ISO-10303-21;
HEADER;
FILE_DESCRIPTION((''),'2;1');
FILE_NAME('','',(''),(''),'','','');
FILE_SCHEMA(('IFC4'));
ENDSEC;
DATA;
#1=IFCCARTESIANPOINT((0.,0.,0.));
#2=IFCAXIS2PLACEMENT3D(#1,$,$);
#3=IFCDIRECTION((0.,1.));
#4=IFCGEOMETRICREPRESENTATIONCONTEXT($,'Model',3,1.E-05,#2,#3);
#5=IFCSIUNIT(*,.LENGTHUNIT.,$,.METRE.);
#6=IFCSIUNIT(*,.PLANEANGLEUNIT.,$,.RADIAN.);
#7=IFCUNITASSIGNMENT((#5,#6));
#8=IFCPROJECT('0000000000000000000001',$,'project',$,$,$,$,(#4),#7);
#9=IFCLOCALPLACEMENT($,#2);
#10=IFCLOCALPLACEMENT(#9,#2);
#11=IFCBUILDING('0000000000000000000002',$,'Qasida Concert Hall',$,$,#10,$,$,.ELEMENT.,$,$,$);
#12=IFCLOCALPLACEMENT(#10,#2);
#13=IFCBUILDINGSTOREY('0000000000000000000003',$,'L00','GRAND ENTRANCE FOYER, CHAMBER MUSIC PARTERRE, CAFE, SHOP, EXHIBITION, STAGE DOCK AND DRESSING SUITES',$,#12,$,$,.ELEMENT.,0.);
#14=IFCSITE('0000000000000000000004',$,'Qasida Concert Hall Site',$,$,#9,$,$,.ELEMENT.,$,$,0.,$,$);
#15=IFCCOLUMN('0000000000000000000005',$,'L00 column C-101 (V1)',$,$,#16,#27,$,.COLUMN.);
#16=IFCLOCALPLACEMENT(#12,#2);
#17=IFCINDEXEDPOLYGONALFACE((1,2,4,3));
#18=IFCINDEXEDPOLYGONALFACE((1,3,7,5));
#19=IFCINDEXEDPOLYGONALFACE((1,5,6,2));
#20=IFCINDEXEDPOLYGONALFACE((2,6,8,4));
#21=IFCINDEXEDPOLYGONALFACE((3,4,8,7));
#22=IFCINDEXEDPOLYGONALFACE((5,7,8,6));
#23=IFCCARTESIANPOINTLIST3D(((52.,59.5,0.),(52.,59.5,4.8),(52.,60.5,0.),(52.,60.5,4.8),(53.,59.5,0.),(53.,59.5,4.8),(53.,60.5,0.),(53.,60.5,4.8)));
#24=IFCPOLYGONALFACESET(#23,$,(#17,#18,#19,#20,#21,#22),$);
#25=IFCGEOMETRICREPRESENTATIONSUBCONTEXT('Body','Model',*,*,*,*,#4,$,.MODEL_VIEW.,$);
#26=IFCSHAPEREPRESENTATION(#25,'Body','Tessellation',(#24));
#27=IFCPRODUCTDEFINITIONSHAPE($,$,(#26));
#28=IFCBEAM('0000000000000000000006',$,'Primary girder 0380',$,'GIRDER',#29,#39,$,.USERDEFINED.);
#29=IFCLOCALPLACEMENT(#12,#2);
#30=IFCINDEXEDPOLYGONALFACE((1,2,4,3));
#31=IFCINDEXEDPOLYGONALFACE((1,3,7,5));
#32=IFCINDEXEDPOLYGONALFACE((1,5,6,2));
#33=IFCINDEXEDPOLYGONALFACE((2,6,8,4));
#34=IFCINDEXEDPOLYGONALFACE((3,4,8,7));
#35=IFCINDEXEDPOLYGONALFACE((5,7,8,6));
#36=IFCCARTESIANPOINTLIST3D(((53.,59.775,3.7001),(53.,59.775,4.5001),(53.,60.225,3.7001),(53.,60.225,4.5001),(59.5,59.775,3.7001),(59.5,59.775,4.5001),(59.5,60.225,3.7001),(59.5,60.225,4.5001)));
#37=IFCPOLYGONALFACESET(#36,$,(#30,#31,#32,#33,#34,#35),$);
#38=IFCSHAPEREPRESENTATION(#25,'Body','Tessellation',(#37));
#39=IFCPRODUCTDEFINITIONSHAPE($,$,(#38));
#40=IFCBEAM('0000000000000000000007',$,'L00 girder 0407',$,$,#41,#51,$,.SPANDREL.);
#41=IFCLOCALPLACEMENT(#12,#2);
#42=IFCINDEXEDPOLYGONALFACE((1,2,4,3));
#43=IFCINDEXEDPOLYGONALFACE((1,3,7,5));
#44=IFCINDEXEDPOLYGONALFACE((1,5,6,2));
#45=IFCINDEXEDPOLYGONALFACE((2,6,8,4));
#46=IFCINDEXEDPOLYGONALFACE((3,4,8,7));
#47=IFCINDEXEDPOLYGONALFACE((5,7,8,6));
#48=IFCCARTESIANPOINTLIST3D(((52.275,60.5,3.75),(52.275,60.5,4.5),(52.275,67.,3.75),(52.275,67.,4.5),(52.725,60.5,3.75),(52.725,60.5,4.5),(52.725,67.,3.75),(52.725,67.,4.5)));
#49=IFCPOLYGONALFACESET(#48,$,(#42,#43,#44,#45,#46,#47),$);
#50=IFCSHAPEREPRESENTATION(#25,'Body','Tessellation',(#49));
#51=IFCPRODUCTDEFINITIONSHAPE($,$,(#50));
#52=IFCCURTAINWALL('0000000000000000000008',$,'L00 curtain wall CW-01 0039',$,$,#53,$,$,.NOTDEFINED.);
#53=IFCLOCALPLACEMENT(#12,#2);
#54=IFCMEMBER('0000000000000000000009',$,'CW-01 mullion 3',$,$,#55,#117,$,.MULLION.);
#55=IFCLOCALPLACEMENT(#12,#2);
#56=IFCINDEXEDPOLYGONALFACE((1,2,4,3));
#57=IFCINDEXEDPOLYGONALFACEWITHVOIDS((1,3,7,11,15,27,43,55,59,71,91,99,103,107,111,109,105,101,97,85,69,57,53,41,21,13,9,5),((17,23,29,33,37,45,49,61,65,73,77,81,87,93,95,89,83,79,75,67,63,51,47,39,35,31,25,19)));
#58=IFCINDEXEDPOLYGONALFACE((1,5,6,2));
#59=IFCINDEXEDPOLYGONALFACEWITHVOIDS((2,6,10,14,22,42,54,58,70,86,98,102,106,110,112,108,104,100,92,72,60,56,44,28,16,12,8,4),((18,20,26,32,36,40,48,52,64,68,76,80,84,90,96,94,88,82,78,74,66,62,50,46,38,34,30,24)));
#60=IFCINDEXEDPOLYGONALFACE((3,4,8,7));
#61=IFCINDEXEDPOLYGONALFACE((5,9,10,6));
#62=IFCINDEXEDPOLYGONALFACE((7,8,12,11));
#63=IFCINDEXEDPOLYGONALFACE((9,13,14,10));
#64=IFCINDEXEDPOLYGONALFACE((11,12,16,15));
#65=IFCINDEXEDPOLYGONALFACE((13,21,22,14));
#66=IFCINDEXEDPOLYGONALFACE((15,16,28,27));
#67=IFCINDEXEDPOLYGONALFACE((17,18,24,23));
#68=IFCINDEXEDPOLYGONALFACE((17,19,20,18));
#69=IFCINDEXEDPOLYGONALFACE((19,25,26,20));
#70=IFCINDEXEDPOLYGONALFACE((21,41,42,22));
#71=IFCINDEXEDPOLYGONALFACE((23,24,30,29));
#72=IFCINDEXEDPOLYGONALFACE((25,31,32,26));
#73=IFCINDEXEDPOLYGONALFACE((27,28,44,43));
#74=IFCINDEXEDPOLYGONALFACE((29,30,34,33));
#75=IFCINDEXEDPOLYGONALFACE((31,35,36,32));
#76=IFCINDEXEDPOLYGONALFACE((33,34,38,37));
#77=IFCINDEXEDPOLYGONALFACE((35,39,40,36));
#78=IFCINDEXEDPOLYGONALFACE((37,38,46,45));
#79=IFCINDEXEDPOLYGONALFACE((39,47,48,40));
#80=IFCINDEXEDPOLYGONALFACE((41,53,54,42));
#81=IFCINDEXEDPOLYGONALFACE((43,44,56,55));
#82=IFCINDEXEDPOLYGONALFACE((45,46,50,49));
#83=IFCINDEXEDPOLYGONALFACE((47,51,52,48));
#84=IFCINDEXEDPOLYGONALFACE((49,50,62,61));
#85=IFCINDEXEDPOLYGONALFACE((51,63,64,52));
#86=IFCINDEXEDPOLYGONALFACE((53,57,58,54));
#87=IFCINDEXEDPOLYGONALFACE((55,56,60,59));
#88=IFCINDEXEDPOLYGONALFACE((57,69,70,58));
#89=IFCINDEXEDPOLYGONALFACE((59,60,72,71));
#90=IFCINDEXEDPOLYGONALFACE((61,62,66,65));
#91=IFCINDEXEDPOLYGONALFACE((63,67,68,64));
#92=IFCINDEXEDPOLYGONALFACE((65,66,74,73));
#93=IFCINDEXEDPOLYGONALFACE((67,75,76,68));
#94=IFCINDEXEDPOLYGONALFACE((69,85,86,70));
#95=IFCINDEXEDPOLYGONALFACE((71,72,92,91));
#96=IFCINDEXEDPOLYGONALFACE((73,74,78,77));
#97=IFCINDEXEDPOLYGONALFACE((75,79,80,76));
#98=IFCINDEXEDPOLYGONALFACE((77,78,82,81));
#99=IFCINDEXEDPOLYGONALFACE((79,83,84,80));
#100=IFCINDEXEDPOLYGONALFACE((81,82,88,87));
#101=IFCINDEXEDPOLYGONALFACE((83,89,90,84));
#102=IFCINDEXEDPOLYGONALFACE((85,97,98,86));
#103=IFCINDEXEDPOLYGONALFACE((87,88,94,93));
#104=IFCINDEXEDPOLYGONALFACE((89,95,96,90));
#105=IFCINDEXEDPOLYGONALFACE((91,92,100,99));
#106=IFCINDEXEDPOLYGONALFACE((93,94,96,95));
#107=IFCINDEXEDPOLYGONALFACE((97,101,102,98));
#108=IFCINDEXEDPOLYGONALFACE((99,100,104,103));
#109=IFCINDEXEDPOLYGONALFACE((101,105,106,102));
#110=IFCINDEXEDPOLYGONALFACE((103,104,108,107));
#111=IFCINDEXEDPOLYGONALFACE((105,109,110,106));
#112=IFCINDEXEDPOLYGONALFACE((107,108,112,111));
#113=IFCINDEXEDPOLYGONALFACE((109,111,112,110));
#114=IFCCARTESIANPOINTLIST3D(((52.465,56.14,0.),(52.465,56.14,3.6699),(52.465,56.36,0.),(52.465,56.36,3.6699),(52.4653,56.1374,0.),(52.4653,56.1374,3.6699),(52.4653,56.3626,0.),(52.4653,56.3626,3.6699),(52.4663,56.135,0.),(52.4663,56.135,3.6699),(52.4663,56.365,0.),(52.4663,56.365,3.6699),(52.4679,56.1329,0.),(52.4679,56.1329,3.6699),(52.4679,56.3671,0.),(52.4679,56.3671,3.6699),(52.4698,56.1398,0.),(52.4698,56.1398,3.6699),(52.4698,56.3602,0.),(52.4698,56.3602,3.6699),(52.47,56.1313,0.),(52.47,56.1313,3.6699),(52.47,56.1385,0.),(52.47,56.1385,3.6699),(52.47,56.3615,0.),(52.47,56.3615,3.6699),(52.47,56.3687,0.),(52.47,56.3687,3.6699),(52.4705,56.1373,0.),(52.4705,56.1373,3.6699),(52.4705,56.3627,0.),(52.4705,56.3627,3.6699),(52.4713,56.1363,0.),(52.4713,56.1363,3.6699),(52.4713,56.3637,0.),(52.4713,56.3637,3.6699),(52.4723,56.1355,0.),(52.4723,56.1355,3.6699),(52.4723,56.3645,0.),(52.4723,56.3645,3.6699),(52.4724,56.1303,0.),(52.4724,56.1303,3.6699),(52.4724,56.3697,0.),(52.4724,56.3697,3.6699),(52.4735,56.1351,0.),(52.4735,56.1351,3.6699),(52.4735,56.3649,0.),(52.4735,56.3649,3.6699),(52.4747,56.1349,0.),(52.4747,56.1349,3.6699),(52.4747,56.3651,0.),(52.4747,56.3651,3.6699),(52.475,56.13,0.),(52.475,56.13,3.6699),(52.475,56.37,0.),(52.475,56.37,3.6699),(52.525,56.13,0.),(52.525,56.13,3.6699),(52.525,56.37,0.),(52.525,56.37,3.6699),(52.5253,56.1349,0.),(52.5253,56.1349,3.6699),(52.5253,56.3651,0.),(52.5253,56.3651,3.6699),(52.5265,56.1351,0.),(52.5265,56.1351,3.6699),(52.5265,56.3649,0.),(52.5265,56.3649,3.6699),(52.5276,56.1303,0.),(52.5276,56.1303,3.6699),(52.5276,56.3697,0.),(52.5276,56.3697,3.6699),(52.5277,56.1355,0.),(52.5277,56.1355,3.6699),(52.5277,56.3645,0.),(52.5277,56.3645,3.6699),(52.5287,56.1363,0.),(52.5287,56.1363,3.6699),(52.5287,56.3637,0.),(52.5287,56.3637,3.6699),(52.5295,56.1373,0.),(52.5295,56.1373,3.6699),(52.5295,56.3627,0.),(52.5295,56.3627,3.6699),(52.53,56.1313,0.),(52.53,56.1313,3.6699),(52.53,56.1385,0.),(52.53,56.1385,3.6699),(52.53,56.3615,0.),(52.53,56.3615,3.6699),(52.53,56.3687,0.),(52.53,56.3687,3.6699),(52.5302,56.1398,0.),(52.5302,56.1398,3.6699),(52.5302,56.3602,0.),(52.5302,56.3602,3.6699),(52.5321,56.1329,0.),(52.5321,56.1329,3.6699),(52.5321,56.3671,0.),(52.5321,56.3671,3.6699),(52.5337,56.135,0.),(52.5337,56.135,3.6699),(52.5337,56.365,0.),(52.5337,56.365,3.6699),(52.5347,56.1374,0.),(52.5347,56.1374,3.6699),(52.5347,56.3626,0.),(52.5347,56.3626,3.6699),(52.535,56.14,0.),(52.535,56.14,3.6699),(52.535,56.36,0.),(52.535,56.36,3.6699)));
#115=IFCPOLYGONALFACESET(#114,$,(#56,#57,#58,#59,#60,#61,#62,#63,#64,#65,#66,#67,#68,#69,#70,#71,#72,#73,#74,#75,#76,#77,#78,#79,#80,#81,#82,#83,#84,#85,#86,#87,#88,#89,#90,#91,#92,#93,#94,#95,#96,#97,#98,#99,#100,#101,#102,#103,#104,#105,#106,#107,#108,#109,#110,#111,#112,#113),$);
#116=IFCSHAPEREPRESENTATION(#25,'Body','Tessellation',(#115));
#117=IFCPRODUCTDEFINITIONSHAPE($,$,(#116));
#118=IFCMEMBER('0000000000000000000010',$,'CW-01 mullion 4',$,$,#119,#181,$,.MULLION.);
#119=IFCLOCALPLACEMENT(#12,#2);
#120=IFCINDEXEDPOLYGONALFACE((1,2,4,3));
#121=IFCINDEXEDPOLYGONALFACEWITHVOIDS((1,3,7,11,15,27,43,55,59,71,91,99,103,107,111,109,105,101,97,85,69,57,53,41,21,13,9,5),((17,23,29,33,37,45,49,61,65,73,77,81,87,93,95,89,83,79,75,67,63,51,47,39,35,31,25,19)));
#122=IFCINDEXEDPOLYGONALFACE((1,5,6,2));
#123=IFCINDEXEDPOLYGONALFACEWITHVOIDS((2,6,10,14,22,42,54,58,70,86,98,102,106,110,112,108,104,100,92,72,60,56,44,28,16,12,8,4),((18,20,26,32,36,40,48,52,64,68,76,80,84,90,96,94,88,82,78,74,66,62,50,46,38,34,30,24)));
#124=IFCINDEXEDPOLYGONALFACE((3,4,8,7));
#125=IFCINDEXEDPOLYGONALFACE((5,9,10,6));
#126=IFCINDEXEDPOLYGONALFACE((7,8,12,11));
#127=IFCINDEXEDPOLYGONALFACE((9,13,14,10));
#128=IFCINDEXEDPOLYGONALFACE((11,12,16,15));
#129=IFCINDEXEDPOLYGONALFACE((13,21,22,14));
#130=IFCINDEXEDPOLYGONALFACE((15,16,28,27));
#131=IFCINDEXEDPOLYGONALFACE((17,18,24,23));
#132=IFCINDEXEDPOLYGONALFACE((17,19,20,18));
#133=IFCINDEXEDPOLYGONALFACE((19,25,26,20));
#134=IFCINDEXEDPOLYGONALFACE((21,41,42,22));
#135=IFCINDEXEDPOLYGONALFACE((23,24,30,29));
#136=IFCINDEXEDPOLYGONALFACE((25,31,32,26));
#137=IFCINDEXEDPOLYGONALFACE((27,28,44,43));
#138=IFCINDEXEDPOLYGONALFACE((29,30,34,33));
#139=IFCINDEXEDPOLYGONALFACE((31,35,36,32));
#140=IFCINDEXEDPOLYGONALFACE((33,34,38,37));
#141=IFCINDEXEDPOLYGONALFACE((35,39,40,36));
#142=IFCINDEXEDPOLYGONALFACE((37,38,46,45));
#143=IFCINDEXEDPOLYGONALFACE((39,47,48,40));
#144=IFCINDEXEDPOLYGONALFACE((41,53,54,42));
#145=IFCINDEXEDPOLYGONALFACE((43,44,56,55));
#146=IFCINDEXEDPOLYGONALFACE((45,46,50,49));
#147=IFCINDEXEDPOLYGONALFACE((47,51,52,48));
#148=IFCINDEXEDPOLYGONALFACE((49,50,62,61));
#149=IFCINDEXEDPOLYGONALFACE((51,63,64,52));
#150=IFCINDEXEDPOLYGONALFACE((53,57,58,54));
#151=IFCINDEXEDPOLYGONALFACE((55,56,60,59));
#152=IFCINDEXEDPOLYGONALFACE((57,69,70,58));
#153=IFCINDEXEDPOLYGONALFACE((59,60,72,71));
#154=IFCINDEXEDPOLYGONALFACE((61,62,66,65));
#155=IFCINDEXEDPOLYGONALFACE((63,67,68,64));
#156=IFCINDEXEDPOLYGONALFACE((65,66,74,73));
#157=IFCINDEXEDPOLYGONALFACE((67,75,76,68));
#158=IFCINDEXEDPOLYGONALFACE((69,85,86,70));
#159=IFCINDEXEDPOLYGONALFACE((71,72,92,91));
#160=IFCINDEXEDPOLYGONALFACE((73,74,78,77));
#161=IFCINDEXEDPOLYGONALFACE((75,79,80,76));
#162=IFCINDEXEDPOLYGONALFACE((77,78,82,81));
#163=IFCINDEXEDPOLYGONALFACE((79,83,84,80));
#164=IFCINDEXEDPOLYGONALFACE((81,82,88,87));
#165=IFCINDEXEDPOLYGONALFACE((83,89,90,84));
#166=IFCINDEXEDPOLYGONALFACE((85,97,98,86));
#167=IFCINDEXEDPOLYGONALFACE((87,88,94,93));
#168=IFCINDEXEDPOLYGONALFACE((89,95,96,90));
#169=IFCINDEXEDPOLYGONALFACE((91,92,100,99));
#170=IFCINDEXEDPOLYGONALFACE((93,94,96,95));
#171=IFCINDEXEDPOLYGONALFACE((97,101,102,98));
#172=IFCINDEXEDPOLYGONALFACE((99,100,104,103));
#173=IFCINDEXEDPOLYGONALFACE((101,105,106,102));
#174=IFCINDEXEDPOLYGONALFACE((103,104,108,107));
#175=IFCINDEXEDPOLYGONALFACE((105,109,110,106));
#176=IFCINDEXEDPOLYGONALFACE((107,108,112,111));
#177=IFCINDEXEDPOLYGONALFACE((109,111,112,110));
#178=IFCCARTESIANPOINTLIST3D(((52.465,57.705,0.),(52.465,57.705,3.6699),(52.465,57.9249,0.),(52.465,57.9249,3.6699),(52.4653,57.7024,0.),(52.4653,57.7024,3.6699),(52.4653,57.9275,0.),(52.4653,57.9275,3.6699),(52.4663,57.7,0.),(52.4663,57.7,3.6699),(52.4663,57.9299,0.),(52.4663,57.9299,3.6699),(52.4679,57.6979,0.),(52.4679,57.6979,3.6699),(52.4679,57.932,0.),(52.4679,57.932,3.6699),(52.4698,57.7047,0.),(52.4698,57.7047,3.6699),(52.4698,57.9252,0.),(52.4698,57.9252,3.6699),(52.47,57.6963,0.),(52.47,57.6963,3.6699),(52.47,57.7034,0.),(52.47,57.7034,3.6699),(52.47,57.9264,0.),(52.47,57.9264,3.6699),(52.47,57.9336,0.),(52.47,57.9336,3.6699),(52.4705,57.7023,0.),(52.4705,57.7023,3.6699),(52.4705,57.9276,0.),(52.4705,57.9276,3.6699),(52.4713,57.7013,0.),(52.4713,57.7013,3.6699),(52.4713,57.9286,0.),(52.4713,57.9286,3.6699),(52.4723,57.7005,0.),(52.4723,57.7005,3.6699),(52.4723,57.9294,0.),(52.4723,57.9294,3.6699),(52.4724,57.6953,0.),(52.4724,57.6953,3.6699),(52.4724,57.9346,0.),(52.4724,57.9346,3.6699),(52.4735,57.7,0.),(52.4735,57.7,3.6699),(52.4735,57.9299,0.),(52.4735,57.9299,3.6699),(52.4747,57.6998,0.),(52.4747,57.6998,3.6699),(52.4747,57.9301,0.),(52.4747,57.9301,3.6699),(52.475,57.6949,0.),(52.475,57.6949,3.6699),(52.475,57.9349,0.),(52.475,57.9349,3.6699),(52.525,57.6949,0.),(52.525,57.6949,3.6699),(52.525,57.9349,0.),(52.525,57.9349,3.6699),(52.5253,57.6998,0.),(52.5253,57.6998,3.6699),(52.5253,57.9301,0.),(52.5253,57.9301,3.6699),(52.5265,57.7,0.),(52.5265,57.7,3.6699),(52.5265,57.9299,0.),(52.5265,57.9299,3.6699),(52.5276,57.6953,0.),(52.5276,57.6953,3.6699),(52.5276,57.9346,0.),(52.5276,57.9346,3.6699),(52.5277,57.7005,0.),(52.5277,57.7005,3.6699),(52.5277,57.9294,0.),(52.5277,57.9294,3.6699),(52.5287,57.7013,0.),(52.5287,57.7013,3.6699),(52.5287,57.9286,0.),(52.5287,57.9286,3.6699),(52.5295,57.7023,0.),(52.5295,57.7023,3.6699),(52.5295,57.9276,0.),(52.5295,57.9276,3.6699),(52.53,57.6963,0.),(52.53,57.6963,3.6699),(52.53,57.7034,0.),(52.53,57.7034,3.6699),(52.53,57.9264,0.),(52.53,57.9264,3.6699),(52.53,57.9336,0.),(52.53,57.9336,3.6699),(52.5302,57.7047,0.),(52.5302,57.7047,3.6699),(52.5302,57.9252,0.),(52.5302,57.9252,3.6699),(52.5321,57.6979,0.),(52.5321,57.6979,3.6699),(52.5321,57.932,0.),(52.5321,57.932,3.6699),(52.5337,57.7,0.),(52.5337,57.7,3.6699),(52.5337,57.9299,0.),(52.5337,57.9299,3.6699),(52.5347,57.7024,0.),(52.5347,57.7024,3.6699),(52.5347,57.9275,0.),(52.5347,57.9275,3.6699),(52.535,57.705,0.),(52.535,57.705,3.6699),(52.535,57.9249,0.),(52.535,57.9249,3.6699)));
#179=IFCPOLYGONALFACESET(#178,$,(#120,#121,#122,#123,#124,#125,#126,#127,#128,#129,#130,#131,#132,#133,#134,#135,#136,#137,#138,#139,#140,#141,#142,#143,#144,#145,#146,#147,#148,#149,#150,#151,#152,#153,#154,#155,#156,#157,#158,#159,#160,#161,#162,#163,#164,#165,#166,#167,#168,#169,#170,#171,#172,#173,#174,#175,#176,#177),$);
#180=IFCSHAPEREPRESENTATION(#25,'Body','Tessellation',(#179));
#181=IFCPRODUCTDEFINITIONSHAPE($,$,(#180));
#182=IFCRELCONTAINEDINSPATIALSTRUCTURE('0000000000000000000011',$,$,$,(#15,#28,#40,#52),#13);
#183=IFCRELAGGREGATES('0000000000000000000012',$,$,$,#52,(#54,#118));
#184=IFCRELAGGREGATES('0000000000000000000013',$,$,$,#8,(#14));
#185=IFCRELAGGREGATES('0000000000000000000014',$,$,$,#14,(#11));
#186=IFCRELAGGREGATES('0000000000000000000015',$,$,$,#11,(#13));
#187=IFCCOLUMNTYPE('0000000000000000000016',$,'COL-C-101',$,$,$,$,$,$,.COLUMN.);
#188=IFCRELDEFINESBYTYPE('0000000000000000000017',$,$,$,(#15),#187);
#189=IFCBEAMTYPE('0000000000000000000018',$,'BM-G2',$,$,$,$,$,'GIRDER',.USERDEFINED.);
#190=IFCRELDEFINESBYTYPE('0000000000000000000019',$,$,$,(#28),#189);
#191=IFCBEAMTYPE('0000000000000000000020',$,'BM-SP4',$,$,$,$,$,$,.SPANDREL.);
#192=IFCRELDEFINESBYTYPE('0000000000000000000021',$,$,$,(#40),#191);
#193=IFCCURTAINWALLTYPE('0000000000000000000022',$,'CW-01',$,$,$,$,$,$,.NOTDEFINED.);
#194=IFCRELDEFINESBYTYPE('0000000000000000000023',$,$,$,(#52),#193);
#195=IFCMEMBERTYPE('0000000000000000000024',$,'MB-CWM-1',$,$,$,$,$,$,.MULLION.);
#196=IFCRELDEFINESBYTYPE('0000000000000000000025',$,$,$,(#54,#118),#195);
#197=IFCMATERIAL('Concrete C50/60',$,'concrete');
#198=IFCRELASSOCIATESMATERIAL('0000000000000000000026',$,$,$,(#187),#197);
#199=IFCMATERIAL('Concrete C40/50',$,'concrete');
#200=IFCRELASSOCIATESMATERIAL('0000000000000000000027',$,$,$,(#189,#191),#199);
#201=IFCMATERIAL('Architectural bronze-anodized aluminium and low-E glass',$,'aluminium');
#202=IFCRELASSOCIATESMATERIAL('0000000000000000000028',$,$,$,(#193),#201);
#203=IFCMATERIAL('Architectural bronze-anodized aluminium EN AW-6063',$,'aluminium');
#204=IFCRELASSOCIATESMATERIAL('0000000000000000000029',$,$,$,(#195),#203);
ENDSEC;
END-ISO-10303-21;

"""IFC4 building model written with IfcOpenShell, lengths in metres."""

from ifc_helpers import new_model, si_unit, direction, frame, origin, origin_2d, place, context, subcontext, project, spatial, rectangle, hollow_rectangle, extrude, material, material_profile, profile_set, type_object, element, aggregate, save


model = new_model("IFC4")

# Units and contexts
model_context = context("Model", 3, precision=1e-05, world=origin(), true_north=direction((0.0, 1.0)))
body_context = subcontext(model_context, "Body", "Model", "MODEL_VIEW")
ifc_project = project(units=[si_unit("LENGTHUNIT", "METRE"), si_unit("PLANEANGLEUNIT", "RADIAN")], contexts=[model_context])

# Site, building, storey
site_placement = place(None, origin())
site = spatial("IfcSite", under=ifc_project, at=site_placement, Name="Qasida Concert Hall Site", CompositionType="ELEMENT", RefElevation=0.0)
building_placement = place(site_placement, origin())
building = spatial("IfcBuilding", under=site, at=building_placement, Name="Qasida Concert Hall", CompositionType="ELEMENT")
storey_placement = place(building_placement, origin())
storey = spatial("IfcBuildingStorey", under=building, at=storey_placement, Name="L00", Description="GRAND ENTRANCE FOYER, CHAMBER MUSIC PARTERRE, CAFE, SHOP, EXHIBITION, STAGE DOCK AND DRESSING SUITES", CompositionType="ELEMENT", Elevation=0.0)

# Column
ifc_material_1 = material(Name="Concrete C50/60", Category="concrete")
ifc_material_profile_1 = material_profile(ifc_material_1, rectangle(XDim=1.0, YDim=1.0, at=origin_2d()), Name="RC 1000x1000")
ifc_profile_set_1 = profile_set([ifc_material_profile_1], Name="Concrete C50/60")
column_type = type_object("IfcColumnType", Name="COL-C-101", PredefinedType="COLUMN", material=ifc_profile_set_1)
column_placement = place(storey_placement, frame((52.5, 60.0, 0.0), z_axis=(0.0, 0.0, 1.0), x_axis=(1.0, 0.0, 0.0)))
element("IfcColumn", 1, at=column_placement, inside=storey, type_object=column_type, Name="L00 column C-101 (V1)", PredefinedType="COLUMN", context=body_context, shape_type="SweptSolid", body=[
    extrude(rectangle(XDim=1.0, YDim=1.0, at=origin_2d()), origin(), (0.0, 0.0, 1.0), 4.8),
])

# Beams
ifc_material_2 = material(Name="Concrete C40/50", Category="concrete")
ifc_material_profile_2 = material_profile(ifc_material_2, rectangle(XDim=0.45, YDim=0.8, at=origin_2d()), Name="RC 450x800")
ifc_profile_set_2 = profile_set([ifc_material_profile_2], Name="Concrete C40/50")
beam_type_1 = type_object("IfcBeamType", Name="BM-G2", ElementType="GIRDER", PredefinedType="USERDEFINED", material=ifc_profile_set_2)
beam_1_placement = place(storey_placement, frame((53.0, 60.0, 4.1001), z_axis=(1.0, 0.0, 0.0), x_axis=(0.0, 1.0, 0.0)))
element("IfcBeam", 2, at=beam_1_placement, inside=storey, type_object=beam_type_1, Name="Primary girder 0380", ObjectType="GIRDER", PredefinedType="USERDEFINED", context=body_context, shape_type="SweptSolid", body=[
    extrude(rectangle(XDim=0.45, YDim=0.8, at=origin_2d()), origin(), (0.0, 0.0, 1.0), 6.5),
])
ifc_material_profile_3 = material_profile(ifc_material_2, rectangle(XDim=0.45, YDim=0.75, at=origin_2d()), Name="RC 450x750")
ifc_profile_set_3 = profile_set([ifc_material_profile_3], Name="Concrete C40/50")
beam_type_2 = type_object("IfcBeamType", Name="BM-SP4", PredefinedType="SPANDREL", material=ifc_profile_set_3)
beam_2_placement = place(storey_placement, frame((52.5, 60.5, 4.125), z_axis=(0.0, 1.0, 0.0), x_axis=(-1.0, 0.0, 0.0)))
element("IfcBeam", 3, at=beam_2_placement, inside=storey, type_object=beam_type_2, Name="L00 girder 0407", PredefinedType="SPANDREL", context=body_context, shape_type="SweptSolid", body=[
    extrude(rectangle(XDim=0.45, YDim=0.75, at=origin_2d()), origin(), (0.0, 0.0, 1.0), 6.5),
])

# Curtain wall, members
ifc_material_3 = material(Name="Architectural bronze-anodized aluminium and low-E glass", Category="aluminium")
curtain_wall_type = type_object("IfcCurtainWallType", Name="CW-01", PredefinedType="NOTDEFINED", material=ifc_material_3)
curtain_wall_placement = place(storey_placement, origin())
curtain_wall = element("IfcCurtainWall", 4, at=curtain_wall_placement, inside=storey, type_object=curtain_wall_type, Name="L00 curtain wall CW-01 0039", PredefinedType="NOTDEFINED")
ifc_material_4 = material(Name="Architectural bronze-anodized aluminium EN AW-6063", Category="aluminium")
ifc_material_profile_4 = material_profile(ifc_material_4, hollow_rectangle(XDim=0.0701, YDim=0.24, WallThickness=0.0049, InnerFilletRadius=0.0049, OuterFilletRadius=0.01, at=origin_2d()), Name="CWM 240x70x5")
ifc_profile_set_4 = profile_set([ifc_material_profile_4], Name="Architectural bronze-anodized aluminium EN AW-6063")
member_type_1 = type_object("IfcMemberType", Name="MB-CWM-1", PredefinedType="MULLION", material=ifc_profile_set_4)
member_1_placement = place(storey_placement, frame((52.5, 56.25, 0.0), z_axis=(0.0, 0.0, 1.0), x_axis=(-1.0, 0.0, 0.0)))
member_1 = element("IfcMember", 5, at=member_1_placement, type_object=member_type_1, Name="CW-01 mullion 3", PredefinedType="MULLION", context=body_context, shape_type="SweptSolid", body=[
    extrude(hollow_rectangle(XDim=0.0701, YDim=0.24, WallThickness=0.0049, InnerFilletRadius=0.0049, OuterFilletRadius=0.01, at=origin_2d()), origin(), (0.0, 0.0, 1.0), 3.6699),
])
member_2_placement = place(storey_placement, frame((52.5, 57.8149, 0.0), z_axis=(0.0, 0.0, 1.0), x_axis=(-1.0, 0.0, 0.0)))
member_2 = element("IfcMember", 6, at=member_2_placement, type_object=member_type_1, Name="CW-01 mullion 4", PredefinedType="MULLION", context=body_context, shape_type="SweptSolid", body=[
    extrude(hollow_rectangle(XDim=0.0701, YDim=0.24, WallThickness=0.0049, InnerFilletRadius=0.0049, OuterFilletRadius=0.01, at=origin_2d()), origin(), (0.0, 0.0, 1.0), 3.6699),
])
aggregate(curtain_wall, [member_1, member_2])

save(model, "model.ifc")
